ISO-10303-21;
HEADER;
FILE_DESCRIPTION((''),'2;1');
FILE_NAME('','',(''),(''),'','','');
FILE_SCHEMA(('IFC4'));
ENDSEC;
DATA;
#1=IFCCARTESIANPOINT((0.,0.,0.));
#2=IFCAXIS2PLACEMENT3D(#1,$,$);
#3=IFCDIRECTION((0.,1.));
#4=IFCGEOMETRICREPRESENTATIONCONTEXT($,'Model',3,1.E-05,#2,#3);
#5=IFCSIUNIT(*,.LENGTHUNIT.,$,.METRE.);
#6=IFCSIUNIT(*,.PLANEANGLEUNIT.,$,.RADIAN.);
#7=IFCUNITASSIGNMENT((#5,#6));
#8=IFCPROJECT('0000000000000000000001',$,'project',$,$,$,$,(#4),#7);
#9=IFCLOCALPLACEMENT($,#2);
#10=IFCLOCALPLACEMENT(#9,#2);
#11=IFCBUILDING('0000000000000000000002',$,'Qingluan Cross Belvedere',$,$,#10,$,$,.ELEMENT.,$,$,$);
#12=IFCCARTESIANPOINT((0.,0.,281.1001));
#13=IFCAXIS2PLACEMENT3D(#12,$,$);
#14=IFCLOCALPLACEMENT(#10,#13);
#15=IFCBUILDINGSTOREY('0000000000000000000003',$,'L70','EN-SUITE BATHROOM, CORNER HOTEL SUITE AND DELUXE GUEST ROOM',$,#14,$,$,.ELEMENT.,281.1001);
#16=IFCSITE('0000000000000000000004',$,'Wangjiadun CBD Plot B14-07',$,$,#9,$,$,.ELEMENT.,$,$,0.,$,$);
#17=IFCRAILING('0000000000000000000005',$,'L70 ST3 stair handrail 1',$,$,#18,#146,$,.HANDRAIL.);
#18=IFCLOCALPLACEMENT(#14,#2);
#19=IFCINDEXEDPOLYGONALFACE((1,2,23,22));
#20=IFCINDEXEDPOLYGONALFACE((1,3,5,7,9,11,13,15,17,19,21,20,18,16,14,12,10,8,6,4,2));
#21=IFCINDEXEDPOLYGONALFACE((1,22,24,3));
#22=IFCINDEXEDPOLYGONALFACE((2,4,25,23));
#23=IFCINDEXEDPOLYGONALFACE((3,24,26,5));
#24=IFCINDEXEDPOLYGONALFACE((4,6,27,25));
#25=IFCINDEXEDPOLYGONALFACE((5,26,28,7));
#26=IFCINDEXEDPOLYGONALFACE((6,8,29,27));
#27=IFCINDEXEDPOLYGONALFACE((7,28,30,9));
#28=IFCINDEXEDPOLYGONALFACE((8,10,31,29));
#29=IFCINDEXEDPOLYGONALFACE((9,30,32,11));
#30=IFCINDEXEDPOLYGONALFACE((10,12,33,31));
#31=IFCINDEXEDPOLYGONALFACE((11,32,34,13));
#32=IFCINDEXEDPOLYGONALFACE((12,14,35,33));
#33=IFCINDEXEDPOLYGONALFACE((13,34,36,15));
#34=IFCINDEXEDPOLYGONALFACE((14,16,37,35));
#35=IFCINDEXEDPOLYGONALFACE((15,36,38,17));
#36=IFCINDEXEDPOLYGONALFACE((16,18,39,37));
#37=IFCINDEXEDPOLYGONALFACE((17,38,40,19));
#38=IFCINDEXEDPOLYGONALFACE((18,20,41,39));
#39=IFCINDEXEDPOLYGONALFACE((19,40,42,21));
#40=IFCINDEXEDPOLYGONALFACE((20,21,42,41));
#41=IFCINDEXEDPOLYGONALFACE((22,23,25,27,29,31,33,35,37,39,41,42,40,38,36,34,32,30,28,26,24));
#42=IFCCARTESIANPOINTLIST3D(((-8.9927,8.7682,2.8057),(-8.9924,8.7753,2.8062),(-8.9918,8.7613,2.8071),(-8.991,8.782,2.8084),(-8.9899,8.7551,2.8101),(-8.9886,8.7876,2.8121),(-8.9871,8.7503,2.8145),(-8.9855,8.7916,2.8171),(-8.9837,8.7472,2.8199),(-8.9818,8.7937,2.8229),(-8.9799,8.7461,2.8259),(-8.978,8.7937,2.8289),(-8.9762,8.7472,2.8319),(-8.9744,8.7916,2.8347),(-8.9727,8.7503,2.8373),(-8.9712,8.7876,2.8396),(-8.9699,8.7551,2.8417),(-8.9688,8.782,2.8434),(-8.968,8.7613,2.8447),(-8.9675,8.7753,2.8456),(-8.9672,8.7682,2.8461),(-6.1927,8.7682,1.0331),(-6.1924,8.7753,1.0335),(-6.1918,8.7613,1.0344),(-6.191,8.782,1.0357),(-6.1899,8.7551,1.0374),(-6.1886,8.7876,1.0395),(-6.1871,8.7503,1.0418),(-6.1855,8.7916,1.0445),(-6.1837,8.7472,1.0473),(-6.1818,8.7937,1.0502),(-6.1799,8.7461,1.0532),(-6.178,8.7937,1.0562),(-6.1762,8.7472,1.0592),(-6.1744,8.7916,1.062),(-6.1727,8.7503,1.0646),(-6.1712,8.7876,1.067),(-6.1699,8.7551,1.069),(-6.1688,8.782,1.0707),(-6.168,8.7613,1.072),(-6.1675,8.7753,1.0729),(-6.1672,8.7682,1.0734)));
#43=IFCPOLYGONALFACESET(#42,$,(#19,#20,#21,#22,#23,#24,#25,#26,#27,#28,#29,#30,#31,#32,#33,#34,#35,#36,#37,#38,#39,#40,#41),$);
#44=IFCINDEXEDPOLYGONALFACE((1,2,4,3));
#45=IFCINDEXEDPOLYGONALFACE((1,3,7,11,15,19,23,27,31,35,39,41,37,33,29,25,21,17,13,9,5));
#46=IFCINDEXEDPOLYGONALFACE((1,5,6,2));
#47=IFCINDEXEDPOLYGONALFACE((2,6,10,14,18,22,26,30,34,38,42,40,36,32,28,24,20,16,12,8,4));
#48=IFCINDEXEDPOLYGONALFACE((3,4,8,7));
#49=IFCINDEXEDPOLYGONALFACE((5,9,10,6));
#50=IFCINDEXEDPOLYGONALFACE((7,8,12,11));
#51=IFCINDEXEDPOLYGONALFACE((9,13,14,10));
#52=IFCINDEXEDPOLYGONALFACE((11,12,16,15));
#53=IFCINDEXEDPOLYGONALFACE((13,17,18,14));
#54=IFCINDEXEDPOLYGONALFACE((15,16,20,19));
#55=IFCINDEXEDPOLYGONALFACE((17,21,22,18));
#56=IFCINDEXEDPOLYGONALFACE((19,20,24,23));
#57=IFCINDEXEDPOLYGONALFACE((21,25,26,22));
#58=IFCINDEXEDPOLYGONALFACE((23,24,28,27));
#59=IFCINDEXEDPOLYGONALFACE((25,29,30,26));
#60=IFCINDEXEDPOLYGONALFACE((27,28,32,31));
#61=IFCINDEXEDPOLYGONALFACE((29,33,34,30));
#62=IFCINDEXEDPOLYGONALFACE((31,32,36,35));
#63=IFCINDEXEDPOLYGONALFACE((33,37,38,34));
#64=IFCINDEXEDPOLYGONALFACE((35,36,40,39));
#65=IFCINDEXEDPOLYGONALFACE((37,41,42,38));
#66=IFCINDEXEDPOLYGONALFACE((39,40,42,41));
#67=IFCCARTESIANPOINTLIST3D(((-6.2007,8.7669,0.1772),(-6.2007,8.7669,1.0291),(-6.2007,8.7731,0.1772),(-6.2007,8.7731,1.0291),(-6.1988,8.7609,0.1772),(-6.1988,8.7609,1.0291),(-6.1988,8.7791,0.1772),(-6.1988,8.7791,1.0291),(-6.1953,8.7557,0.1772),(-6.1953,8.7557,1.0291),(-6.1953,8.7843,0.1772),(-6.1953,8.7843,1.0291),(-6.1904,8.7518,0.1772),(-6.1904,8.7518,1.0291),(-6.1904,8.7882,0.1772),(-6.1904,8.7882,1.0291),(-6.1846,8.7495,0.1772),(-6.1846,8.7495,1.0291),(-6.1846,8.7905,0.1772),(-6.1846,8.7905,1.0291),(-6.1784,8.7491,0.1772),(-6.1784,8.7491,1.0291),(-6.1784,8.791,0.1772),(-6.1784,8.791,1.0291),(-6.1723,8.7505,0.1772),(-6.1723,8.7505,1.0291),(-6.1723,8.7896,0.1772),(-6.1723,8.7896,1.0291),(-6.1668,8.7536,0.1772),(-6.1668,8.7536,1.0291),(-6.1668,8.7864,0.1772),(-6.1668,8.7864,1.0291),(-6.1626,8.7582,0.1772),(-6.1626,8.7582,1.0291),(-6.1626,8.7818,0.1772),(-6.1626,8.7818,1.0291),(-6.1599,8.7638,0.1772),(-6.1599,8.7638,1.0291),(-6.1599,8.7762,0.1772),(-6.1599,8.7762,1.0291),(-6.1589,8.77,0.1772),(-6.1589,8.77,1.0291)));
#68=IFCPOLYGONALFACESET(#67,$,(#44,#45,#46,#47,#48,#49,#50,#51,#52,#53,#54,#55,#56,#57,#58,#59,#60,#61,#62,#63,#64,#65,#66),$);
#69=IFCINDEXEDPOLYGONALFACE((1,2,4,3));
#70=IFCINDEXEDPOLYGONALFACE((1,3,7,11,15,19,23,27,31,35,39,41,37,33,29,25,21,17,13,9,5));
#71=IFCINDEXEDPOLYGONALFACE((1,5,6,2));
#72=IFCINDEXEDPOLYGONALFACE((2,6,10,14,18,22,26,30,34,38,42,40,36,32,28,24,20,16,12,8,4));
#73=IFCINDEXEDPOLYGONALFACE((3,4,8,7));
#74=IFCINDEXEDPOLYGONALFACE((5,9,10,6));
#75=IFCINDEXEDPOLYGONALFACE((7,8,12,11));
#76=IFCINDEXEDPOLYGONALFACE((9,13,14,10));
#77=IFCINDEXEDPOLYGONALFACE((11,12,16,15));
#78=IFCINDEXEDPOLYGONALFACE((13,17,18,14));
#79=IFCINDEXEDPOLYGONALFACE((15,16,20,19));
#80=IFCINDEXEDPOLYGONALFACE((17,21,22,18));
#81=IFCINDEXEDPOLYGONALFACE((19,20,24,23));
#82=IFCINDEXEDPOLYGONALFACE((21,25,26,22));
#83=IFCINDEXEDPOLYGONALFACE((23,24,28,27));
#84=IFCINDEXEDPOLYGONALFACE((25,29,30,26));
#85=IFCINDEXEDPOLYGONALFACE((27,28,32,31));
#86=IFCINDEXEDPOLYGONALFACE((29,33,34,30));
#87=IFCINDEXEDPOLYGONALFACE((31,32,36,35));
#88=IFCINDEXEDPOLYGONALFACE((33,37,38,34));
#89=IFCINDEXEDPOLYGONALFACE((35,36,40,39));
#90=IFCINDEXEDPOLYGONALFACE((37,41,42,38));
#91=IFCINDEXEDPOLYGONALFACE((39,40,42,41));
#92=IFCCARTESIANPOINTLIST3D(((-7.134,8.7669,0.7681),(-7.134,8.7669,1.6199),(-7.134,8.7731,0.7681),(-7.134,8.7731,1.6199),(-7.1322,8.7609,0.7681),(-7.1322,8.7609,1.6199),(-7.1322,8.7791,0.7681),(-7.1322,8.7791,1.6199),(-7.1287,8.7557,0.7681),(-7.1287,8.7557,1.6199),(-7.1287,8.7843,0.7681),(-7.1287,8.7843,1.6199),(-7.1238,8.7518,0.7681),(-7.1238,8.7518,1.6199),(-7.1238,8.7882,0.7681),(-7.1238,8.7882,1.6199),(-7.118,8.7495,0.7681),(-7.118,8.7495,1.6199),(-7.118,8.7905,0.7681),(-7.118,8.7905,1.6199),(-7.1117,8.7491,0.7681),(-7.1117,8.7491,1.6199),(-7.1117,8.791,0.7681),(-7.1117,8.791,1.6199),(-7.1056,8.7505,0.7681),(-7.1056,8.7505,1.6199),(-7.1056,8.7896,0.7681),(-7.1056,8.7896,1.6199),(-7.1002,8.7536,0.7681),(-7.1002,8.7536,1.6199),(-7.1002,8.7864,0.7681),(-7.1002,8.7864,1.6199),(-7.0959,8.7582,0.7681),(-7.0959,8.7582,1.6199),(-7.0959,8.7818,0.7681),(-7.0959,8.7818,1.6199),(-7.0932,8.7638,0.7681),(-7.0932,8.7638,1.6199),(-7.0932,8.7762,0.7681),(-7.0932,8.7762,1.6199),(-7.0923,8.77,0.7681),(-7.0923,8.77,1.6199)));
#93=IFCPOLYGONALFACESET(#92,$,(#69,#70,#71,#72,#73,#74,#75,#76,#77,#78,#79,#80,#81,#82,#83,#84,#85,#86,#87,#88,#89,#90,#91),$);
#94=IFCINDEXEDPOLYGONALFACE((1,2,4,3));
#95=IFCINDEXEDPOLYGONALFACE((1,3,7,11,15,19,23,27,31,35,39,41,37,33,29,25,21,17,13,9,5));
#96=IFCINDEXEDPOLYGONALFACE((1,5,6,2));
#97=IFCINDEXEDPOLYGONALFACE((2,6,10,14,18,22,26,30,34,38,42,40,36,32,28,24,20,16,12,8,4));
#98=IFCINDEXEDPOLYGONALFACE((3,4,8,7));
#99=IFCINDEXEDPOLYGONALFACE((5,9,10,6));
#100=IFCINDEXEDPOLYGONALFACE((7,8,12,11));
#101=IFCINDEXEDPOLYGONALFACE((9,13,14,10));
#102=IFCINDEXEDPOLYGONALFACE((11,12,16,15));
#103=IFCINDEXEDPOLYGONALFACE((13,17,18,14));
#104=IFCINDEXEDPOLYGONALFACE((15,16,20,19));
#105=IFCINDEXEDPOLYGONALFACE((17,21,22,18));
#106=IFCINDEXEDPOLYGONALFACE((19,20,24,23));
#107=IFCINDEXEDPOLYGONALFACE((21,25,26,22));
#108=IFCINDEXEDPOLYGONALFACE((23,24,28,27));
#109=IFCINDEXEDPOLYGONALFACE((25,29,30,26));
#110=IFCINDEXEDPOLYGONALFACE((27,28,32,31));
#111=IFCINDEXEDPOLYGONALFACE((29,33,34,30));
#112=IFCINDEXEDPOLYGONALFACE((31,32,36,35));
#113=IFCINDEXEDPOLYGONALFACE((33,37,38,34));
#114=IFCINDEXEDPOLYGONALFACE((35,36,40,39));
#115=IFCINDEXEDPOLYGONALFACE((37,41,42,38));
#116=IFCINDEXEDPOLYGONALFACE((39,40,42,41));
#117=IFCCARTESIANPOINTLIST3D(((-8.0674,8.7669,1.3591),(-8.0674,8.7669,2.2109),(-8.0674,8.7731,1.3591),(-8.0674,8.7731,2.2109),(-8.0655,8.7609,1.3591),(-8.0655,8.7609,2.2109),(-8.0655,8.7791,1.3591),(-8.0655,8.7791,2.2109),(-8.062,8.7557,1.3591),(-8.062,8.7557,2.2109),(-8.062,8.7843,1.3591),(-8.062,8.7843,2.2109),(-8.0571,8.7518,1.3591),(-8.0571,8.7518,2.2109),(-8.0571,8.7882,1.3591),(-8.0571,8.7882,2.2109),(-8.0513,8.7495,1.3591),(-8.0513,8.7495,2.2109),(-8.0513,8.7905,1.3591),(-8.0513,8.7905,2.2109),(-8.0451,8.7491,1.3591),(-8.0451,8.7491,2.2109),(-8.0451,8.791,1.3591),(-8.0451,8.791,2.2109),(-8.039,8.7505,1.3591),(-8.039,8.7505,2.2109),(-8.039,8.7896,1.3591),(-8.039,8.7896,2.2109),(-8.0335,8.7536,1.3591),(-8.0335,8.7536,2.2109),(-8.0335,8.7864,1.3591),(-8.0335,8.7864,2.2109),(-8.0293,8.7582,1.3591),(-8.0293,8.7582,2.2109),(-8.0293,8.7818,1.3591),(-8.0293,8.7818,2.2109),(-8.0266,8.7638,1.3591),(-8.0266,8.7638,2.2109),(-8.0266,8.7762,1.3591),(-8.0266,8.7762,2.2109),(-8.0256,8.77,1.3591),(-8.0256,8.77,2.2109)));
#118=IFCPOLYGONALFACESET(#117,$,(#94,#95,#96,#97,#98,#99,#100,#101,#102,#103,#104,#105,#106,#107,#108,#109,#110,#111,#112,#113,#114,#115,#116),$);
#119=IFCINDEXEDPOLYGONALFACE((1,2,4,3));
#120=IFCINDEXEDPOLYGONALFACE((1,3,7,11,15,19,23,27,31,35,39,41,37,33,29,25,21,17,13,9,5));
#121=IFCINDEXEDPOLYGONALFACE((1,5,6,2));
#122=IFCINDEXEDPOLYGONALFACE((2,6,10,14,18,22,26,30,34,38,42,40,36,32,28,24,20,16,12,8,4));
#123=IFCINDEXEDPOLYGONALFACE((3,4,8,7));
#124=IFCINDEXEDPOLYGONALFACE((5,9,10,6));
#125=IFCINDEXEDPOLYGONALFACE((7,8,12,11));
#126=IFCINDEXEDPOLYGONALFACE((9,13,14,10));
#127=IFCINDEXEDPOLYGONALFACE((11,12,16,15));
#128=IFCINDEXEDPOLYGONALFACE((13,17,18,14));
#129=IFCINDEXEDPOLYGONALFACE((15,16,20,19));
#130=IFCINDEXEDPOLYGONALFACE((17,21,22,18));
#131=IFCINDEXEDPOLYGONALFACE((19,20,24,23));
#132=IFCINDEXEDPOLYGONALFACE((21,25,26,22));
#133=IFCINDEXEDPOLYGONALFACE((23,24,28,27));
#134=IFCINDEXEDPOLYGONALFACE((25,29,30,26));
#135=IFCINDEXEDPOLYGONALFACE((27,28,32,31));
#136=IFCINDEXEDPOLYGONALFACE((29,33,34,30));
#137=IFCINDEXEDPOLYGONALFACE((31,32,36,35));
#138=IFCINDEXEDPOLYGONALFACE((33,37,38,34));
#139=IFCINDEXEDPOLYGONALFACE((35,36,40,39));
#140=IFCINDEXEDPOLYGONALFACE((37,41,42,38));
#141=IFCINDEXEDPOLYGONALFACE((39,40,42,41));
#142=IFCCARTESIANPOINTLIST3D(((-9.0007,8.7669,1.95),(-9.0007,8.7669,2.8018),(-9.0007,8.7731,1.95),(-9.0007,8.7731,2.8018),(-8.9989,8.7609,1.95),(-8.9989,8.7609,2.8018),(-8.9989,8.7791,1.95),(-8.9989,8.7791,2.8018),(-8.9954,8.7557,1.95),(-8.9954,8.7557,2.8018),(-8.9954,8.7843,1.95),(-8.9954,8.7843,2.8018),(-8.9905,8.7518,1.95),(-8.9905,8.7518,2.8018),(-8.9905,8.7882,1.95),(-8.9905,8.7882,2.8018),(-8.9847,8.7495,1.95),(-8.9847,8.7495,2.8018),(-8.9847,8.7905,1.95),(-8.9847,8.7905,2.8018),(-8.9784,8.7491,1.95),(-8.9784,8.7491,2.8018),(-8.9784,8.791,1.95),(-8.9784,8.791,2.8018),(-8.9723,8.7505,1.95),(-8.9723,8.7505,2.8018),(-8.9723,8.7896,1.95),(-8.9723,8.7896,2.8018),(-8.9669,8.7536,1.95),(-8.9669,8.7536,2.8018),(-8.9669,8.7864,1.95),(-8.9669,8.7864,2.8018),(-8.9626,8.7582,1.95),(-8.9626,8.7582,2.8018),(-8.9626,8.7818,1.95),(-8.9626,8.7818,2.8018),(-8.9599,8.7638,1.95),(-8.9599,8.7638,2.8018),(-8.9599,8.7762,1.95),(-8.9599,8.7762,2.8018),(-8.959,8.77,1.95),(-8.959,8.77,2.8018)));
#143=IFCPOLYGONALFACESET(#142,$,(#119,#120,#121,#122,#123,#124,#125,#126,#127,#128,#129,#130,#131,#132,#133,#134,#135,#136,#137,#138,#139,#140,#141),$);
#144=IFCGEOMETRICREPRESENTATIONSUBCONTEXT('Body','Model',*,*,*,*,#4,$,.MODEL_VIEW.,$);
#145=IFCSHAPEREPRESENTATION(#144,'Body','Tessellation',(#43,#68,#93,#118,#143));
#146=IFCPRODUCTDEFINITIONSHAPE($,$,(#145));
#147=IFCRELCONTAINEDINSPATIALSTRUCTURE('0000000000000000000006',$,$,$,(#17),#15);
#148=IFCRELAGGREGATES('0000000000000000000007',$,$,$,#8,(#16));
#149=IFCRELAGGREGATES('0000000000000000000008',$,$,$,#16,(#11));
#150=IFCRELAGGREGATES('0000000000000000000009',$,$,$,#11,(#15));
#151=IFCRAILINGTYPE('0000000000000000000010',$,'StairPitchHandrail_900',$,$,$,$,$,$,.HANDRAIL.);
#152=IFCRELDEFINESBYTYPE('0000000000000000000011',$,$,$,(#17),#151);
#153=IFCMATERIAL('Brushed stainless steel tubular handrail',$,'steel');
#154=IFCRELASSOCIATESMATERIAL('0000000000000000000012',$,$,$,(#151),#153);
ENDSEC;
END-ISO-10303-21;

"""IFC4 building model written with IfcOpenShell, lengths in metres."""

from ifc_helpers import new_model, si_unit, direction, frame, origin, origin_2d, place, context, subcontext, project, spatial, circle, extrude, material, type_object, element, save


model = new_model("IFC4")

# Units and contexts
model_context = context("Model", 3, precision=1e-05, world=origin(), true_north=direction((0.0, 1.0)))
body_context = subcontext(model_context, "Body", "Model", "MODEL_VIEW")
ifc_project = project(units=[si_unit("LENGTHUNIT", "METRE"), si_unit("PLANEANGLEUNIT", "RADIAN")], contexts=[model_context])

# Site, building, storey
site_placement = place(None, origin())
site = spatial("IfcSite", under=ifc_project, at=site_placement, Name="Wangjiadun CBD Plot B14-07", CompositionType="ELEMENT", RefElevation=0.0)
building_placement = place(site_placement, origin())
building = spatial("IfcBuilding", under=site, at=building_placement, Name="Qingluan Cross Belvedere", CompositionType="ELEMENT")
storey_placement = place(building_placement, frame((0.0, 0.0, 281.1001)))
storey = spatial("IfcBuildingStorey", under=building, at=storey_placement, Name="L70", Description="EN-SUITE BATHROOM, CORNER HOTEL SUITE AND DELUXE GUEST ROOM", CompositionType="ELEMENT", Elevation=281.1001)

# Railing
ifc_material_1 = material(Name="Brushed stainless steel tubular handrail", Category="steel")
railing_type_1 = type_object("IfcRailingType", Name="StairPitchHandrail_900", PredefinedType="HANDRAIL", material=ifc_material_1)
railing_1_placement = place(storey_placement, frame((-6.1799, 8.77, 0.1772)))
element("IfcRailing", 1, at=railing_1_placement, inside=storey, type_object=railing_type_1, Name="L70 ST3 stair handrail 1", PredefinedType="HANDRAIL", context=body_context, shape_type="SweptSolid", body=[
    extrude(circle(Radius=0.0239, at=origin_2d()), frame((0.0, 0.0, 0.876), z_axis=(-0.844909, 0.0, 0.53491), x_axis=(0.0, -1.0, 0.0)), (0.0, 0.0, 1.0), 3.314),
    extrude(circle(Radius=0.021, at=origin_2d()), origin(), (0.0, 0.0, 1.0), 0.8518),
    extrude(circle(Radius=0.021, at=origin_2d()), frame((-0.9333, 0.0, 0.5908)), (0.0, 0.0, 1.0), 0.8518),
    extrude(circle(Radius=0.021, at=origin_2d()), frame((-1.8667, 0.0, 1.1819)), (0.0, 0.0, 1.0), 0.8518),
    extrude(circle(Radius=0.021, at=origin_2d()), frame((-2.8, 0.0, 1.7727)), (0.0, 0.0, 1.0), 0.8518),
])

save(model, "model.ifc")
